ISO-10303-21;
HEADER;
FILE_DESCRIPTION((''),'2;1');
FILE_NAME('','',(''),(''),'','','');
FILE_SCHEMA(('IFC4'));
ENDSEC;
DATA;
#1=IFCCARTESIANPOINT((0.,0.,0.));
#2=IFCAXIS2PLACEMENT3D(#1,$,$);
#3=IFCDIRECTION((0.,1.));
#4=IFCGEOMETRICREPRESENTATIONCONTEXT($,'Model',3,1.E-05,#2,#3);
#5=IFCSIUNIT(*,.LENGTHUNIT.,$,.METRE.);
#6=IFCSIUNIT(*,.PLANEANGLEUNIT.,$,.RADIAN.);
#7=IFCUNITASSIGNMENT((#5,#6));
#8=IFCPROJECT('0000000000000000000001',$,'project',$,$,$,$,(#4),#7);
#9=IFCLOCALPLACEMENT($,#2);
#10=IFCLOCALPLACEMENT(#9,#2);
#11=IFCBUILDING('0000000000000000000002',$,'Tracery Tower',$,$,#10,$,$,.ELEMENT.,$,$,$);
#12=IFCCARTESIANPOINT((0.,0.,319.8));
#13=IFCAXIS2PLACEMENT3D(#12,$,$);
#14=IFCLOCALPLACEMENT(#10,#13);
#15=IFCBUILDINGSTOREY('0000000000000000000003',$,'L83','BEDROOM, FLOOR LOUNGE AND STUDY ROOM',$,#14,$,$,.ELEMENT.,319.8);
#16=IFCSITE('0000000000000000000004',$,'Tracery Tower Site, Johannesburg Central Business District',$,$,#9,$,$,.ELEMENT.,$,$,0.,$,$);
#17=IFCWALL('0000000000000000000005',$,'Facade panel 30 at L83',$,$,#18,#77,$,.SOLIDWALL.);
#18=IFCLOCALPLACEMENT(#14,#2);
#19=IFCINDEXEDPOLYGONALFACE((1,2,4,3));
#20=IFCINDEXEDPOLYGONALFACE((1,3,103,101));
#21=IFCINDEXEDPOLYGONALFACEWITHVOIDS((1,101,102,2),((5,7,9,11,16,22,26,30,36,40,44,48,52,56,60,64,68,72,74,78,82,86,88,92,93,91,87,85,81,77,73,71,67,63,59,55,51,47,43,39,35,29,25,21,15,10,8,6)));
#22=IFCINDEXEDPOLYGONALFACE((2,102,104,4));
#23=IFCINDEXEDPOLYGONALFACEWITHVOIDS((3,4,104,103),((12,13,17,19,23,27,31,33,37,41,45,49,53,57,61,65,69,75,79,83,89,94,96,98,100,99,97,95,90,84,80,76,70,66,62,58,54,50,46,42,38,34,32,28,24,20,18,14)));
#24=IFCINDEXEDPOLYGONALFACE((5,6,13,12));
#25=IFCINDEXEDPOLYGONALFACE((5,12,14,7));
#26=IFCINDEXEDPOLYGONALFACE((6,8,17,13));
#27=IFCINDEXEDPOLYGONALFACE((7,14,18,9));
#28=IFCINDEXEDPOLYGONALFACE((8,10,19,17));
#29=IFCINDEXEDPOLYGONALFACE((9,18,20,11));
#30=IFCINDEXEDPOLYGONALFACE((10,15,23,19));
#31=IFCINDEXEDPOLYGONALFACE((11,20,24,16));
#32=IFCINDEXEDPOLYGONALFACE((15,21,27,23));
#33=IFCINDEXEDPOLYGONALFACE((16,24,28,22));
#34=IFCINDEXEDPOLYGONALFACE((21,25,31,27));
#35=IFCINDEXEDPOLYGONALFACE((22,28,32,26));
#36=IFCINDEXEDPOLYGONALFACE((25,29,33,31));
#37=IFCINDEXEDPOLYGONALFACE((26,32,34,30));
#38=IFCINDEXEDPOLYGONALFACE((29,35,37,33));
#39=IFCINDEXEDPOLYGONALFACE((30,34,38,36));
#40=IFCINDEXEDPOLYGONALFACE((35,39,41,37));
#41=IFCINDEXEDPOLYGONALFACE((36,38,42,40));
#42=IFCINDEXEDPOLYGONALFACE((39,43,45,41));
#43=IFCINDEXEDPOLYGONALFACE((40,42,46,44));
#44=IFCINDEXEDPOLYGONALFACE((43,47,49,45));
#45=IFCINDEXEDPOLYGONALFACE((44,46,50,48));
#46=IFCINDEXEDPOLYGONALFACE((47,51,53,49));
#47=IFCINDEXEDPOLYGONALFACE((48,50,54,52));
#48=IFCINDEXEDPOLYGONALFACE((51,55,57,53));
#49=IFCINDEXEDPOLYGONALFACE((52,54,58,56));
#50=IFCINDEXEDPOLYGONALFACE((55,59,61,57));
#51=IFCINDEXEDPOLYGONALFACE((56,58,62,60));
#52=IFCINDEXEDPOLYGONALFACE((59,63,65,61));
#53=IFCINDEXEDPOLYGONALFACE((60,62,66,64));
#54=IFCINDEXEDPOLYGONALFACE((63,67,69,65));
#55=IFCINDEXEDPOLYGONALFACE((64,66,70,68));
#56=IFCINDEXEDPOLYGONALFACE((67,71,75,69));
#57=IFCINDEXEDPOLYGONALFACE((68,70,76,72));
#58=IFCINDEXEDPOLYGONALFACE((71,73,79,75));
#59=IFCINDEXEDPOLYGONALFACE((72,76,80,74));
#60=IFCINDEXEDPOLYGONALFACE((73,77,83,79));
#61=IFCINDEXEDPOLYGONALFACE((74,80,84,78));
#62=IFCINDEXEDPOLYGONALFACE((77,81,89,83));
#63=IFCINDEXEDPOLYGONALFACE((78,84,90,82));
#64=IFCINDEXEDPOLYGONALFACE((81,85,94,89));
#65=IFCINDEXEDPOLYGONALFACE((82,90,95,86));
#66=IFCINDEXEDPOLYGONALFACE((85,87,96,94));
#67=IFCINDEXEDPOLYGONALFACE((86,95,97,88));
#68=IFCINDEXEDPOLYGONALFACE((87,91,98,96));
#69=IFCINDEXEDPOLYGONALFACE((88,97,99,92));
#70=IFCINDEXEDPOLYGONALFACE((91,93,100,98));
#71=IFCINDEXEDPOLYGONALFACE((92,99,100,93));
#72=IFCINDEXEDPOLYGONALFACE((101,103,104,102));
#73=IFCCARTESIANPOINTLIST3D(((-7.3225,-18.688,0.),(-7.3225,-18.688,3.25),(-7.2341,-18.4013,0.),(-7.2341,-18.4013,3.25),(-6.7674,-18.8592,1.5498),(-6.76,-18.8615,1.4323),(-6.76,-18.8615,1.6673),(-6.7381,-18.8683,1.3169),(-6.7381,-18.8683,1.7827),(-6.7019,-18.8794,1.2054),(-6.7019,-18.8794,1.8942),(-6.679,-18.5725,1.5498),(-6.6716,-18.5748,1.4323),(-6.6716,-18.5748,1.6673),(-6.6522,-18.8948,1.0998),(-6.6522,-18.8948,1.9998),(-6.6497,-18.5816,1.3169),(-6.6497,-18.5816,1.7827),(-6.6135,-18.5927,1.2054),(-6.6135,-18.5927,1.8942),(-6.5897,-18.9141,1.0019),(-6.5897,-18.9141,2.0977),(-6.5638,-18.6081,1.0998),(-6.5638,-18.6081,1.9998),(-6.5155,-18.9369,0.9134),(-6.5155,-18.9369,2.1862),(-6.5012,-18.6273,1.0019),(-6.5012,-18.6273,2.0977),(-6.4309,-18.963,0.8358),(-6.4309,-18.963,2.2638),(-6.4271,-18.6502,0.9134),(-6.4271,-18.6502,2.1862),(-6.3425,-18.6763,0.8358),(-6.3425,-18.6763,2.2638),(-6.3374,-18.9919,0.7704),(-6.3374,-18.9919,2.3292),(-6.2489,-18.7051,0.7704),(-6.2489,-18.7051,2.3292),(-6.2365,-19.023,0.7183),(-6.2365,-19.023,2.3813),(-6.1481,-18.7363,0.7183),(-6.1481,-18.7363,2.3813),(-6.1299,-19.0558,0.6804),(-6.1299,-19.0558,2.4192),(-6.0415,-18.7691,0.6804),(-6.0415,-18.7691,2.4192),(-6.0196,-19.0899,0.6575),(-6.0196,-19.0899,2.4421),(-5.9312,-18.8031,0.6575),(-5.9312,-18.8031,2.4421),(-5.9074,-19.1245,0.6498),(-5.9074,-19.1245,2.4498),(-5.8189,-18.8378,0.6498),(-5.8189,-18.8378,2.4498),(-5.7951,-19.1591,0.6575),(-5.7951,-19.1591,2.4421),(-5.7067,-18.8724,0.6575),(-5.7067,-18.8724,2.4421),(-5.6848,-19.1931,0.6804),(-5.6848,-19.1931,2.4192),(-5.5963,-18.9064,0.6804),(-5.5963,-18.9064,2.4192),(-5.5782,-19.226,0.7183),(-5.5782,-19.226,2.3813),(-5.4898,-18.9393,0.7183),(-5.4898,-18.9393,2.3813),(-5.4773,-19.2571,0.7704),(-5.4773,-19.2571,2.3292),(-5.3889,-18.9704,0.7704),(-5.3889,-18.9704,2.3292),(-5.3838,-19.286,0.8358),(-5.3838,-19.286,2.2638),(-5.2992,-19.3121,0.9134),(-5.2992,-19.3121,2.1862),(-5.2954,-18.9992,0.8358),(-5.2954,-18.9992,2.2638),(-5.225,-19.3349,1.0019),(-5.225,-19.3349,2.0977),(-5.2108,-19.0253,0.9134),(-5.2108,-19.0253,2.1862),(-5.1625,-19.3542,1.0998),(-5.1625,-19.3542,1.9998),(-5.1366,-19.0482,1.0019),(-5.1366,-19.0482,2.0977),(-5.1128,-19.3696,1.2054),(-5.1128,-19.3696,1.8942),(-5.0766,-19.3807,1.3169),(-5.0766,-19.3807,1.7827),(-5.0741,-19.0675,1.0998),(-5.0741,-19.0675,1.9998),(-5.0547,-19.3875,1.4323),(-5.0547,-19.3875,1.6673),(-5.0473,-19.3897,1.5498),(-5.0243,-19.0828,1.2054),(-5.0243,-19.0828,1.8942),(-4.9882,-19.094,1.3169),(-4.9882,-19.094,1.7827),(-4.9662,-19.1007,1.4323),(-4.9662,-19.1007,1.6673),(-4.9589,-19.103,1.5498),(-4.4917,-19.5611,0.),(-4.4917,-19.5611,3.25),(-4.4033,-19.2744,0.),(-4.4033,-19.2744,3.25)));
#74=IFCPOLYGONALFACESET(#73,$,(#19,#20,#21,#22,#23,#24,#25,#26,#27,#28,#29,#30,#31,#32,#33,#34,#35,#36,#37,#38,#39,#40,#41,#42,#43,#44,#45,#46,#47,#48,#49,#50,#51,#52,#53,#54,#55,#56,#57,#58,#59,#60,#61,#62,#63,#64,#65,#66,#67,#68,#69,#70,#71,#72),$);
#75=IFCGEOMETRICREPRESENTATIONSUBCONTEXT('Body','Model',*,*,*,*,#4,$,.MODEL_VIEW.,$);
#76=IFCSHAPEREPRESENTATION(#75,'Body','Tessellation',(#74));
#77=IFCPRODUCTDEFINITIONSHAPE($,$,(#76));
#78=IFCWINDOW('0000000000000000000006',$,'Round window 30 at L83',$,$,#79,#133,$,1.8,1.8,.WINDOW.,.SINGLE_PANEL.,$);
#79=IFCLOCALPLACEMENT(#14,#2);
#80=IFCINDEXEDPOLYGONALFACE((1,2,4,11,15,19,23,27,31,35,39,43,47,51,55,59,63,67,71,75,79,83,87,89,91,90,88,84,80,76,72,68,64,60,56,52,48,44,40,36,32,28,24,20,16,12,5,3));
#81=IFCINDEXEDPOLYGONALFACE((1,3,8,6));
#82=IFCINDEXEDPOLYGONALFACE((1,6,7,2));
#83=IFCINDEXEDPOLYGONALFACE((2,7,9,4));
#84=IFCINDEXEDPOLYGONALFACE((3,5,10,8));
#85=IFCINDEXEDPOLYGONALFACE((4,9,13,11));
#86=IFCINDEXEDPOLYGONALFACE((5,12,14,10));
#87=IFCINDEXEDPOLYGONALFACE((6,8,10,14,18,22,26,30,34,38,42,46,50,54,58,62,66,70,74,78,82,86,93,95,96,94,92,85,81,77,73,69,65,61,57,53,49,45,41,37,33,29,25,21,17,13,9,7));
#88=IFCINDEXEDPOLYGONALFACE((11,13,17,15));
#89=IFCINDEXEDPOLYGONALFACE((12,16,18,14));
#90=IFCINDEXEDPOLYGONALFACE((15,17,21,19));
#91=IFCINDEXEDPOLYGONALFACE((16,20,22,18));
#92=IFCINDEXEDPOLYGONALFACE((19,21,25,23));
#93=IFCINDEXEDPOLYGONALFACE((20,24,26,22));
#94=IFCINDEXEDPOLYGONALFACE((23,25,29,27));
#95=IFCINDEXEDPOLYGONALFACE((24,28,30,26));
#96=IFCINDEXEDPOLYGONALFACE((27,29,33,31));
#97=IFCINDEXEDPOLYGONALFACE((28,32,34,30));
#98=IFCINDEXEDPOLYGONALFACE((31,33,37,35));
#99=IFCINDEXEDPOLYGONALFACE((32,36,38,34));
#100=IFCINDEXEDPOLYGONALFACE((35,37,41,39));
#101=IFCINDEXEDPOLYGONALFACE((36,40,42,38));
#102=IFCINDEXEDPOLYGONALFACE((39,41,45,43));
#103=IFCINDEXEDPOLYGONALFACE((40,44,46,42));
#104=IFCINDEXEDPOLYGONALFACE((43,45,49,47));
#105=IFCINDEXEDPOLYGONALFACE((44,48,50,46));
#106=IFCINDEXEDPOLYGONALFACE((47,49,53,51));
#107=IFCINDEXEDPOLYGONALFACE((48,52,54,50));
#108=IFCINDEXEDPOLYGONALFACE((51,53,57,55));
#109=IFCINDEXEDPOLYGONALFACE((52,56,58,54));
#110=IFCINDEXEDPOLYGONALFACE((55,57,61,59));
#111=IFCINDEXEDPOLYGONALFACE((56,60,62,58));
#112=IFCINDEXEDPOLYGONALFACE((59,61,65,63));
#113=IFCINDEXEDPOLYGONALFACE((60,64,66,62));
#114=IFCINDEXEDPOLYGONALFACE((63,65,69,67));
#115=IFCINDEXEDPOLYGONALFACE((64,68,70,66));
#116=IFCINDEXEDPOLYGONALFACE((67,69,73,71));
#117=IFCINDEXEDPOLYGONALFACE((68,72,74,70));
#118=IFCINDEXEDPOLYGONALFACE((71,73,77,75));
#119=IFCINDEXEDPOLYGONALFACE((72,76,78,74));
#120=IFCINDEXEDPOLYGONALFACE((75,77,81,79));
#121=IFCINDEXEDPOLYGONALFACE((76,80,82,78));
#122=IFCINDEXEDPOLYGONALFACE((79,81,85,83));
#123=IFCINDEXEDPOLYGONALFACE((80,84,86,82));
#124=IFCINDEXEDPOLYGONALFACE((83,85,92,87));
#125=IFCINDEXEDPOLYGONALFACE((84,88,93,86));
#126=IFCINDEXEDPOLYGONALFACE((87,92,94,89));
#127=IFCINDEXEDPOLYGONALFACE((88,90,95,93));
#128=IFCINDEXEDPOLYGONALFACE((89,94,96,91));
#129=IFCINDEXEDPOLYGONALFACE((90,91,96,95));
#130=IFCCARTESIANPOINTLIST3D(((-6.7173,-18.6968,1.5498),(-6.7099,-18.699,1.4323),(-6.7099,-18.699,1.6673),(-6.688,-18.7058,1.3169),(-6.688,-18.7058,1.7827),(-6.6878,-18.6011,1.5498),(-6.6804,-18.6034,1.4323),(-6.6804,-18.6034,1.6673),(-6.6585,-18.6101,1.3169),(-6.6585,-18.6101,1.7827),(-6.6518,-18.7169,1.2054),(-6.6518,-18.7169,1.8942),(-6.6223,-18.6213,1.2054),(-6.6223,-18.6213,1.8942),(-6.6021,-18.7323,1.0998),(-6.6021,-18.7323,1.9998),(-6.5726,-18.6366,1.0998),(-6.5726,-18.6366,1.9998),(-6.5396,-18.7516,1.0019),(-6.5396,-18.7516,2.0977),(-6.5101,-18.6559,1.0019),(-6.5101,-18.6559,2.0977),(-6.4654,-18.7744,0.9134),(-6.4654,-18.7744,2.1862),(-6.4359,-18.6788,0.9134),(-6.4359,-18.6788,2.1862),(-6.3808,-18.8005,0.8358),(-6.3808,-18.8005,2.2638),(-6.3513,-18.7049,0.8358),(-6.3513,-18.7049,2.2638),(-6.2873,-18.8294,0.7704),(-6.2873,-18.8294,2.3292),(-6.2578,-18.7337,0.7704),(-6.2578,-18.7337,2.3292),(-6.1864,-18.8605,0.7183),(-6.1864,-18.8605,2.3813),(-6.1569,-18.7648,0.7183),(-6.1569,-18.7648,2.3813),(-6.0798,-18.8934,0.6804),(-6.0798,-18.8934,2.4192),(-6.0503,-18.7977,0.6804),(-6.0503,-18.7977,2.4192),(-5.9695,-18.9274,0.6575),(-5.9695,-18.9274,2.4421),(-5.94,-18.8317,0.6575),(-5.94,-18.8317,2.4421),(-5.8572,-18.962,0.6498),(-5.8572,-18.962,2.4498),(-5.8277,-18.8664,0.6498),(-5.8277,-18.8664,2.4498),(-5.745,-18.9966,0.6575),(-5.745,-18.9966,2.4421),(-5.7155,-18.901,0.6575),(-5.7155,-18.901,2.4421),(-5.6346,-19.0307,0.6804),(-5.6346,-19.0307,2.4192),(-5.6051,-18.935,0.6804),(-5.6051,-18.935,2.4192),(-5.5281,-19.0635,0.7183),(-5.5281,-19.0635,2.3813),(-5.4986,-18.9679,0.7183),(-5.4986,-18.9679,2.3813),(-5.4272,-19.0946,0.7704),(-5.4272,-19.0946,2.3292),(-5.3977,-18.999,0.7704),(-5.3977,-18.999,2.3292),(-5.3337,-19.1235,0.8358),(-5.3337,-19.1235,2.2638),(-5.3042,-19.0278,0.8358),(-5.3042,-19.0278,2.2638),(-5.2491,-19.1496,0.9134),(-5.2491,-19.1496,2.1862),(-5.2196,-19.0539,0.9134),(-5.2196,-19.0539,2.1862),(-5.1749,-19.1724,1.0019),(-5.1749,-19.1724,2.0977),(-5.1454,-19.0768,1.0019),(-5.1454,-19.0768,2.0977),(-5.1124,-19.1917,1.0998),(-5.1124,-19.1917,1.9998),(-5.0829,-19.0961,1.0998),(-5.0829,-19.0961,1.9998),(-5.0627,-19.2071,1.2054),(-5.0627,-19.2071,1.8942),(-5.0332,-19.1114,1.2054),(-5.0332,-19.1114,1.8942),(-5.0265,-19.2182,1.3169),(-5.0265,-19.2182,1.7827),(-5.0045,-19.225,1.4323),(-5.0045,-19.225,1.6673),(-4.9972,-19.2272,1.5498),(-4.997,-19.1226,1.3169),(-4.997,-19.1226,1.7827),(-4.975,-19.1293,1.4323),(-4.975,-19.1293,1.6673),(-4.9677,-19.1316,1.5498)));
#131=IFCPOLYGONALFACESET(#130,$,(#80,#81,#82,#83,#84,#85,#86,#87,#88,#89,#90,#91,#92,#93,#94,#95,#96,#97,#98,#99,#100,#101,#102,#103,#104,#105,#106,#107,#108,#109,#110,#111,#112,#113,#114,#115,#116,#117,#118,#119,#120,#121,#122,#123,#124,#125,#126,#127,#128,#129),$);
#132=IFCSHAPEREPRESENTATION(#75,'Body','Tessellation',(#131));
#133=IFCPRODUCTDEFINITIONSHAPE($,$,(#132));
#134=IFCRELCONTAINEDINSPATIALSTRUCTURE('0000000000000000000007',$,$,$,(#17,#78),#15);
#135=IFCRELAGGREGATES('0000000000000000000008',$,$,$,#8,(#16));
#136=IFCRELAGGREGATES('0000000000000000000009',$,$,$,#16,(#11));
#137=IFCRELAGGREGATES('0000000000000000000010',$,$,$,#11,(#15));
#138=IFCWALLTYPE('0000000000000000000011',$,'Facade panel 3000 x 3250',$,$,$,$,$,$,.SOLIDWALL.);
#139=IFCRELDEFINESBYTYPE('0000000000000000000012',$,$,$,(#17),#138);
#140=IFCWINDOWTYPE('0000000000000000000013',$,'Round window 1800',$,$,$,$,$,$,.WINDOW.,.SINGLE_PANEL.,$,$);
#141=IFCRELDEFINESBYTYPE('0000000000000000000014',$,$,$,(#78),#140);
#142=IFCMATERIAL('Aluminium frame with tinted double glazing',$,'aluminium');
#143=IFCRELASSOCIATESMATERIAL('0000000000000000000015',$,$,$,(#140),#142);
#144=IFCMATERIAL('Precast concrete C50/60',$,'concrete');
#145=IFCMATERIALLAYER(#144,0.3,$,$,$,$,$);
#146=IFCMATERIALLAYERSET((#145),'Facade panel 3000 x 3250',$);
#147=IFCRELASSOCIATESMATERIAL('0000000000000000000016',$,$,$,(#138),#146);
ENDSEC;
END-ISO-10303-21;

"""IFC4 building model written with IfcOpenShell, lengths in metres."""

from ifc_helpers import new_model, si_unit, direction, frame, frame_2d, origin, origin_2d, place, context, subcontext, project, spatial, rectangle, circle, extrude, material, layer, layer_set, type_object, element, fill, save


model = new_model("IFC4")

# Units and contexts
model_context = context("Model", 3, precision=1e-05, world=origin(), true_north=direction((0.0, 1.0)))
body_context = subcontext(model_context, "Body", "Model", "MODEL_VIEW")
ifc_project = project(units=[si_unit("LENGTHUNIT", "METRE"), si_unit("PLANEANGLEUNIT", "RADIAN")], contexts=[model_context])

# Site, building, storey
site_placement = place(None, origin())
site = spatial("IfcSite", under=ifc_project, at=site_placement, Name="Tracery Tower Site, Johannesburg Central Business District", CompositionType="ELEMENT", RefElevation=0.0)
building_placement = place(site_placement, origin())
building = spatial("IfcBuilding", under=site, at=building_placement, Name="Tracery Tower", CompositionType="ELEMENT")
storey_placement = place(building_placement, frame((0.0, 0.0, 319.8)))
storey = spatial("IfcBuildingStorey", under=building, at=storey_placement, Name="L83", Description="BEDROOM, FLOOR LOUNGE AND STUDY ROOM", CompositionType="ELEMENT", Elevation=319.8)

# Wall, opening, window
ifc_material_1 = material(Name="Aluminium frame with tinted double glazing", Category="aluminium")
window_type = type_object("IfcWindowType", Name="Round window 1800", PartitioningType="SINGLE_PANEL", PredefinedType="WINDOW", material=ifc_material_1)
ifc_material_2 = material(Name="Precast concrete C50/60", Category="concrete")
ifc_layer_1 = layer(ifc_material_2, 0.3)
ifc_layer_set_1 = layer_set([ifc_layer_1], Name="Facade panel 3000 x 3250")
wall_type_1 = type_object("IfcWallType", Name="Facade panel 3000 x 3250", PredefinedType="SOLIDWALL", material=ifc_layer_set_1)
wall_1_placement = place(storey_placement, frame((-7.2783, -18.5447, 0.0), z_axis=(0.0, 0.0, 1.0), x_axis=(0.955586, -0.294711, 0.0)))
wall_1 = element("IfcWall", 1, at=wall_1_placement, inside=storey, type_object=wall_type_1, Name="Facade panel 30 at L83", PredefinedType="SOLIDWALL", context=body_context, shape_type="SweptSolid", body=[
    extrude(rectangle(XDim=2.9624, YDim=0.3, at=frame_2d((1.4812, 0.0))), origin(), (0.0, 0.0, 1.0), 3.25),
])
opening_1_placement = place(wall_1_placement, frame((1.481, 0.0, 1.5498)))
opening_1 = element("IfcOpeningElement", 2, at=opening_1_placement, cuts=wall_1, PredefinedType="OPENING", context=body_context, shape_type="SweptSolid", body=[
    extrude(circle(Radius=0.9, at=origin_2d()), frame((0.0, 0.1599, 0.0), z_axis=(0.0, -1.0, 0.0), x_axis=(1.0, 0.0, 0.0)), (0.0, 0.0, 1.0), 0.3201),
])
window_1_placement = place(opening_1_placement, origin())
window_1 = element("IfcWindow", 3, at=window_1_placement, inside=storey, type_object=window_type, Name="Round window 30 at L83", OverallHeight=1.8, OverallWidth=1.8, PartitioningType="SINGLE_PANEL", PredefinedType="WINDOW", context=body_context, shape_type="SweptSolid", body=[
    extrude(circle(Radius=0.9, at=origin_2d()), frame((0.0, 0.1201, 0.0), z_axis=(0.0, -1.0, 0.0), x_axis=(1.0, 0.0, 0.0)), (0.0, 0.0, 1.0), 0.1001),
])
fill(opening_1, window_1)

save(model, "model.ifc")
